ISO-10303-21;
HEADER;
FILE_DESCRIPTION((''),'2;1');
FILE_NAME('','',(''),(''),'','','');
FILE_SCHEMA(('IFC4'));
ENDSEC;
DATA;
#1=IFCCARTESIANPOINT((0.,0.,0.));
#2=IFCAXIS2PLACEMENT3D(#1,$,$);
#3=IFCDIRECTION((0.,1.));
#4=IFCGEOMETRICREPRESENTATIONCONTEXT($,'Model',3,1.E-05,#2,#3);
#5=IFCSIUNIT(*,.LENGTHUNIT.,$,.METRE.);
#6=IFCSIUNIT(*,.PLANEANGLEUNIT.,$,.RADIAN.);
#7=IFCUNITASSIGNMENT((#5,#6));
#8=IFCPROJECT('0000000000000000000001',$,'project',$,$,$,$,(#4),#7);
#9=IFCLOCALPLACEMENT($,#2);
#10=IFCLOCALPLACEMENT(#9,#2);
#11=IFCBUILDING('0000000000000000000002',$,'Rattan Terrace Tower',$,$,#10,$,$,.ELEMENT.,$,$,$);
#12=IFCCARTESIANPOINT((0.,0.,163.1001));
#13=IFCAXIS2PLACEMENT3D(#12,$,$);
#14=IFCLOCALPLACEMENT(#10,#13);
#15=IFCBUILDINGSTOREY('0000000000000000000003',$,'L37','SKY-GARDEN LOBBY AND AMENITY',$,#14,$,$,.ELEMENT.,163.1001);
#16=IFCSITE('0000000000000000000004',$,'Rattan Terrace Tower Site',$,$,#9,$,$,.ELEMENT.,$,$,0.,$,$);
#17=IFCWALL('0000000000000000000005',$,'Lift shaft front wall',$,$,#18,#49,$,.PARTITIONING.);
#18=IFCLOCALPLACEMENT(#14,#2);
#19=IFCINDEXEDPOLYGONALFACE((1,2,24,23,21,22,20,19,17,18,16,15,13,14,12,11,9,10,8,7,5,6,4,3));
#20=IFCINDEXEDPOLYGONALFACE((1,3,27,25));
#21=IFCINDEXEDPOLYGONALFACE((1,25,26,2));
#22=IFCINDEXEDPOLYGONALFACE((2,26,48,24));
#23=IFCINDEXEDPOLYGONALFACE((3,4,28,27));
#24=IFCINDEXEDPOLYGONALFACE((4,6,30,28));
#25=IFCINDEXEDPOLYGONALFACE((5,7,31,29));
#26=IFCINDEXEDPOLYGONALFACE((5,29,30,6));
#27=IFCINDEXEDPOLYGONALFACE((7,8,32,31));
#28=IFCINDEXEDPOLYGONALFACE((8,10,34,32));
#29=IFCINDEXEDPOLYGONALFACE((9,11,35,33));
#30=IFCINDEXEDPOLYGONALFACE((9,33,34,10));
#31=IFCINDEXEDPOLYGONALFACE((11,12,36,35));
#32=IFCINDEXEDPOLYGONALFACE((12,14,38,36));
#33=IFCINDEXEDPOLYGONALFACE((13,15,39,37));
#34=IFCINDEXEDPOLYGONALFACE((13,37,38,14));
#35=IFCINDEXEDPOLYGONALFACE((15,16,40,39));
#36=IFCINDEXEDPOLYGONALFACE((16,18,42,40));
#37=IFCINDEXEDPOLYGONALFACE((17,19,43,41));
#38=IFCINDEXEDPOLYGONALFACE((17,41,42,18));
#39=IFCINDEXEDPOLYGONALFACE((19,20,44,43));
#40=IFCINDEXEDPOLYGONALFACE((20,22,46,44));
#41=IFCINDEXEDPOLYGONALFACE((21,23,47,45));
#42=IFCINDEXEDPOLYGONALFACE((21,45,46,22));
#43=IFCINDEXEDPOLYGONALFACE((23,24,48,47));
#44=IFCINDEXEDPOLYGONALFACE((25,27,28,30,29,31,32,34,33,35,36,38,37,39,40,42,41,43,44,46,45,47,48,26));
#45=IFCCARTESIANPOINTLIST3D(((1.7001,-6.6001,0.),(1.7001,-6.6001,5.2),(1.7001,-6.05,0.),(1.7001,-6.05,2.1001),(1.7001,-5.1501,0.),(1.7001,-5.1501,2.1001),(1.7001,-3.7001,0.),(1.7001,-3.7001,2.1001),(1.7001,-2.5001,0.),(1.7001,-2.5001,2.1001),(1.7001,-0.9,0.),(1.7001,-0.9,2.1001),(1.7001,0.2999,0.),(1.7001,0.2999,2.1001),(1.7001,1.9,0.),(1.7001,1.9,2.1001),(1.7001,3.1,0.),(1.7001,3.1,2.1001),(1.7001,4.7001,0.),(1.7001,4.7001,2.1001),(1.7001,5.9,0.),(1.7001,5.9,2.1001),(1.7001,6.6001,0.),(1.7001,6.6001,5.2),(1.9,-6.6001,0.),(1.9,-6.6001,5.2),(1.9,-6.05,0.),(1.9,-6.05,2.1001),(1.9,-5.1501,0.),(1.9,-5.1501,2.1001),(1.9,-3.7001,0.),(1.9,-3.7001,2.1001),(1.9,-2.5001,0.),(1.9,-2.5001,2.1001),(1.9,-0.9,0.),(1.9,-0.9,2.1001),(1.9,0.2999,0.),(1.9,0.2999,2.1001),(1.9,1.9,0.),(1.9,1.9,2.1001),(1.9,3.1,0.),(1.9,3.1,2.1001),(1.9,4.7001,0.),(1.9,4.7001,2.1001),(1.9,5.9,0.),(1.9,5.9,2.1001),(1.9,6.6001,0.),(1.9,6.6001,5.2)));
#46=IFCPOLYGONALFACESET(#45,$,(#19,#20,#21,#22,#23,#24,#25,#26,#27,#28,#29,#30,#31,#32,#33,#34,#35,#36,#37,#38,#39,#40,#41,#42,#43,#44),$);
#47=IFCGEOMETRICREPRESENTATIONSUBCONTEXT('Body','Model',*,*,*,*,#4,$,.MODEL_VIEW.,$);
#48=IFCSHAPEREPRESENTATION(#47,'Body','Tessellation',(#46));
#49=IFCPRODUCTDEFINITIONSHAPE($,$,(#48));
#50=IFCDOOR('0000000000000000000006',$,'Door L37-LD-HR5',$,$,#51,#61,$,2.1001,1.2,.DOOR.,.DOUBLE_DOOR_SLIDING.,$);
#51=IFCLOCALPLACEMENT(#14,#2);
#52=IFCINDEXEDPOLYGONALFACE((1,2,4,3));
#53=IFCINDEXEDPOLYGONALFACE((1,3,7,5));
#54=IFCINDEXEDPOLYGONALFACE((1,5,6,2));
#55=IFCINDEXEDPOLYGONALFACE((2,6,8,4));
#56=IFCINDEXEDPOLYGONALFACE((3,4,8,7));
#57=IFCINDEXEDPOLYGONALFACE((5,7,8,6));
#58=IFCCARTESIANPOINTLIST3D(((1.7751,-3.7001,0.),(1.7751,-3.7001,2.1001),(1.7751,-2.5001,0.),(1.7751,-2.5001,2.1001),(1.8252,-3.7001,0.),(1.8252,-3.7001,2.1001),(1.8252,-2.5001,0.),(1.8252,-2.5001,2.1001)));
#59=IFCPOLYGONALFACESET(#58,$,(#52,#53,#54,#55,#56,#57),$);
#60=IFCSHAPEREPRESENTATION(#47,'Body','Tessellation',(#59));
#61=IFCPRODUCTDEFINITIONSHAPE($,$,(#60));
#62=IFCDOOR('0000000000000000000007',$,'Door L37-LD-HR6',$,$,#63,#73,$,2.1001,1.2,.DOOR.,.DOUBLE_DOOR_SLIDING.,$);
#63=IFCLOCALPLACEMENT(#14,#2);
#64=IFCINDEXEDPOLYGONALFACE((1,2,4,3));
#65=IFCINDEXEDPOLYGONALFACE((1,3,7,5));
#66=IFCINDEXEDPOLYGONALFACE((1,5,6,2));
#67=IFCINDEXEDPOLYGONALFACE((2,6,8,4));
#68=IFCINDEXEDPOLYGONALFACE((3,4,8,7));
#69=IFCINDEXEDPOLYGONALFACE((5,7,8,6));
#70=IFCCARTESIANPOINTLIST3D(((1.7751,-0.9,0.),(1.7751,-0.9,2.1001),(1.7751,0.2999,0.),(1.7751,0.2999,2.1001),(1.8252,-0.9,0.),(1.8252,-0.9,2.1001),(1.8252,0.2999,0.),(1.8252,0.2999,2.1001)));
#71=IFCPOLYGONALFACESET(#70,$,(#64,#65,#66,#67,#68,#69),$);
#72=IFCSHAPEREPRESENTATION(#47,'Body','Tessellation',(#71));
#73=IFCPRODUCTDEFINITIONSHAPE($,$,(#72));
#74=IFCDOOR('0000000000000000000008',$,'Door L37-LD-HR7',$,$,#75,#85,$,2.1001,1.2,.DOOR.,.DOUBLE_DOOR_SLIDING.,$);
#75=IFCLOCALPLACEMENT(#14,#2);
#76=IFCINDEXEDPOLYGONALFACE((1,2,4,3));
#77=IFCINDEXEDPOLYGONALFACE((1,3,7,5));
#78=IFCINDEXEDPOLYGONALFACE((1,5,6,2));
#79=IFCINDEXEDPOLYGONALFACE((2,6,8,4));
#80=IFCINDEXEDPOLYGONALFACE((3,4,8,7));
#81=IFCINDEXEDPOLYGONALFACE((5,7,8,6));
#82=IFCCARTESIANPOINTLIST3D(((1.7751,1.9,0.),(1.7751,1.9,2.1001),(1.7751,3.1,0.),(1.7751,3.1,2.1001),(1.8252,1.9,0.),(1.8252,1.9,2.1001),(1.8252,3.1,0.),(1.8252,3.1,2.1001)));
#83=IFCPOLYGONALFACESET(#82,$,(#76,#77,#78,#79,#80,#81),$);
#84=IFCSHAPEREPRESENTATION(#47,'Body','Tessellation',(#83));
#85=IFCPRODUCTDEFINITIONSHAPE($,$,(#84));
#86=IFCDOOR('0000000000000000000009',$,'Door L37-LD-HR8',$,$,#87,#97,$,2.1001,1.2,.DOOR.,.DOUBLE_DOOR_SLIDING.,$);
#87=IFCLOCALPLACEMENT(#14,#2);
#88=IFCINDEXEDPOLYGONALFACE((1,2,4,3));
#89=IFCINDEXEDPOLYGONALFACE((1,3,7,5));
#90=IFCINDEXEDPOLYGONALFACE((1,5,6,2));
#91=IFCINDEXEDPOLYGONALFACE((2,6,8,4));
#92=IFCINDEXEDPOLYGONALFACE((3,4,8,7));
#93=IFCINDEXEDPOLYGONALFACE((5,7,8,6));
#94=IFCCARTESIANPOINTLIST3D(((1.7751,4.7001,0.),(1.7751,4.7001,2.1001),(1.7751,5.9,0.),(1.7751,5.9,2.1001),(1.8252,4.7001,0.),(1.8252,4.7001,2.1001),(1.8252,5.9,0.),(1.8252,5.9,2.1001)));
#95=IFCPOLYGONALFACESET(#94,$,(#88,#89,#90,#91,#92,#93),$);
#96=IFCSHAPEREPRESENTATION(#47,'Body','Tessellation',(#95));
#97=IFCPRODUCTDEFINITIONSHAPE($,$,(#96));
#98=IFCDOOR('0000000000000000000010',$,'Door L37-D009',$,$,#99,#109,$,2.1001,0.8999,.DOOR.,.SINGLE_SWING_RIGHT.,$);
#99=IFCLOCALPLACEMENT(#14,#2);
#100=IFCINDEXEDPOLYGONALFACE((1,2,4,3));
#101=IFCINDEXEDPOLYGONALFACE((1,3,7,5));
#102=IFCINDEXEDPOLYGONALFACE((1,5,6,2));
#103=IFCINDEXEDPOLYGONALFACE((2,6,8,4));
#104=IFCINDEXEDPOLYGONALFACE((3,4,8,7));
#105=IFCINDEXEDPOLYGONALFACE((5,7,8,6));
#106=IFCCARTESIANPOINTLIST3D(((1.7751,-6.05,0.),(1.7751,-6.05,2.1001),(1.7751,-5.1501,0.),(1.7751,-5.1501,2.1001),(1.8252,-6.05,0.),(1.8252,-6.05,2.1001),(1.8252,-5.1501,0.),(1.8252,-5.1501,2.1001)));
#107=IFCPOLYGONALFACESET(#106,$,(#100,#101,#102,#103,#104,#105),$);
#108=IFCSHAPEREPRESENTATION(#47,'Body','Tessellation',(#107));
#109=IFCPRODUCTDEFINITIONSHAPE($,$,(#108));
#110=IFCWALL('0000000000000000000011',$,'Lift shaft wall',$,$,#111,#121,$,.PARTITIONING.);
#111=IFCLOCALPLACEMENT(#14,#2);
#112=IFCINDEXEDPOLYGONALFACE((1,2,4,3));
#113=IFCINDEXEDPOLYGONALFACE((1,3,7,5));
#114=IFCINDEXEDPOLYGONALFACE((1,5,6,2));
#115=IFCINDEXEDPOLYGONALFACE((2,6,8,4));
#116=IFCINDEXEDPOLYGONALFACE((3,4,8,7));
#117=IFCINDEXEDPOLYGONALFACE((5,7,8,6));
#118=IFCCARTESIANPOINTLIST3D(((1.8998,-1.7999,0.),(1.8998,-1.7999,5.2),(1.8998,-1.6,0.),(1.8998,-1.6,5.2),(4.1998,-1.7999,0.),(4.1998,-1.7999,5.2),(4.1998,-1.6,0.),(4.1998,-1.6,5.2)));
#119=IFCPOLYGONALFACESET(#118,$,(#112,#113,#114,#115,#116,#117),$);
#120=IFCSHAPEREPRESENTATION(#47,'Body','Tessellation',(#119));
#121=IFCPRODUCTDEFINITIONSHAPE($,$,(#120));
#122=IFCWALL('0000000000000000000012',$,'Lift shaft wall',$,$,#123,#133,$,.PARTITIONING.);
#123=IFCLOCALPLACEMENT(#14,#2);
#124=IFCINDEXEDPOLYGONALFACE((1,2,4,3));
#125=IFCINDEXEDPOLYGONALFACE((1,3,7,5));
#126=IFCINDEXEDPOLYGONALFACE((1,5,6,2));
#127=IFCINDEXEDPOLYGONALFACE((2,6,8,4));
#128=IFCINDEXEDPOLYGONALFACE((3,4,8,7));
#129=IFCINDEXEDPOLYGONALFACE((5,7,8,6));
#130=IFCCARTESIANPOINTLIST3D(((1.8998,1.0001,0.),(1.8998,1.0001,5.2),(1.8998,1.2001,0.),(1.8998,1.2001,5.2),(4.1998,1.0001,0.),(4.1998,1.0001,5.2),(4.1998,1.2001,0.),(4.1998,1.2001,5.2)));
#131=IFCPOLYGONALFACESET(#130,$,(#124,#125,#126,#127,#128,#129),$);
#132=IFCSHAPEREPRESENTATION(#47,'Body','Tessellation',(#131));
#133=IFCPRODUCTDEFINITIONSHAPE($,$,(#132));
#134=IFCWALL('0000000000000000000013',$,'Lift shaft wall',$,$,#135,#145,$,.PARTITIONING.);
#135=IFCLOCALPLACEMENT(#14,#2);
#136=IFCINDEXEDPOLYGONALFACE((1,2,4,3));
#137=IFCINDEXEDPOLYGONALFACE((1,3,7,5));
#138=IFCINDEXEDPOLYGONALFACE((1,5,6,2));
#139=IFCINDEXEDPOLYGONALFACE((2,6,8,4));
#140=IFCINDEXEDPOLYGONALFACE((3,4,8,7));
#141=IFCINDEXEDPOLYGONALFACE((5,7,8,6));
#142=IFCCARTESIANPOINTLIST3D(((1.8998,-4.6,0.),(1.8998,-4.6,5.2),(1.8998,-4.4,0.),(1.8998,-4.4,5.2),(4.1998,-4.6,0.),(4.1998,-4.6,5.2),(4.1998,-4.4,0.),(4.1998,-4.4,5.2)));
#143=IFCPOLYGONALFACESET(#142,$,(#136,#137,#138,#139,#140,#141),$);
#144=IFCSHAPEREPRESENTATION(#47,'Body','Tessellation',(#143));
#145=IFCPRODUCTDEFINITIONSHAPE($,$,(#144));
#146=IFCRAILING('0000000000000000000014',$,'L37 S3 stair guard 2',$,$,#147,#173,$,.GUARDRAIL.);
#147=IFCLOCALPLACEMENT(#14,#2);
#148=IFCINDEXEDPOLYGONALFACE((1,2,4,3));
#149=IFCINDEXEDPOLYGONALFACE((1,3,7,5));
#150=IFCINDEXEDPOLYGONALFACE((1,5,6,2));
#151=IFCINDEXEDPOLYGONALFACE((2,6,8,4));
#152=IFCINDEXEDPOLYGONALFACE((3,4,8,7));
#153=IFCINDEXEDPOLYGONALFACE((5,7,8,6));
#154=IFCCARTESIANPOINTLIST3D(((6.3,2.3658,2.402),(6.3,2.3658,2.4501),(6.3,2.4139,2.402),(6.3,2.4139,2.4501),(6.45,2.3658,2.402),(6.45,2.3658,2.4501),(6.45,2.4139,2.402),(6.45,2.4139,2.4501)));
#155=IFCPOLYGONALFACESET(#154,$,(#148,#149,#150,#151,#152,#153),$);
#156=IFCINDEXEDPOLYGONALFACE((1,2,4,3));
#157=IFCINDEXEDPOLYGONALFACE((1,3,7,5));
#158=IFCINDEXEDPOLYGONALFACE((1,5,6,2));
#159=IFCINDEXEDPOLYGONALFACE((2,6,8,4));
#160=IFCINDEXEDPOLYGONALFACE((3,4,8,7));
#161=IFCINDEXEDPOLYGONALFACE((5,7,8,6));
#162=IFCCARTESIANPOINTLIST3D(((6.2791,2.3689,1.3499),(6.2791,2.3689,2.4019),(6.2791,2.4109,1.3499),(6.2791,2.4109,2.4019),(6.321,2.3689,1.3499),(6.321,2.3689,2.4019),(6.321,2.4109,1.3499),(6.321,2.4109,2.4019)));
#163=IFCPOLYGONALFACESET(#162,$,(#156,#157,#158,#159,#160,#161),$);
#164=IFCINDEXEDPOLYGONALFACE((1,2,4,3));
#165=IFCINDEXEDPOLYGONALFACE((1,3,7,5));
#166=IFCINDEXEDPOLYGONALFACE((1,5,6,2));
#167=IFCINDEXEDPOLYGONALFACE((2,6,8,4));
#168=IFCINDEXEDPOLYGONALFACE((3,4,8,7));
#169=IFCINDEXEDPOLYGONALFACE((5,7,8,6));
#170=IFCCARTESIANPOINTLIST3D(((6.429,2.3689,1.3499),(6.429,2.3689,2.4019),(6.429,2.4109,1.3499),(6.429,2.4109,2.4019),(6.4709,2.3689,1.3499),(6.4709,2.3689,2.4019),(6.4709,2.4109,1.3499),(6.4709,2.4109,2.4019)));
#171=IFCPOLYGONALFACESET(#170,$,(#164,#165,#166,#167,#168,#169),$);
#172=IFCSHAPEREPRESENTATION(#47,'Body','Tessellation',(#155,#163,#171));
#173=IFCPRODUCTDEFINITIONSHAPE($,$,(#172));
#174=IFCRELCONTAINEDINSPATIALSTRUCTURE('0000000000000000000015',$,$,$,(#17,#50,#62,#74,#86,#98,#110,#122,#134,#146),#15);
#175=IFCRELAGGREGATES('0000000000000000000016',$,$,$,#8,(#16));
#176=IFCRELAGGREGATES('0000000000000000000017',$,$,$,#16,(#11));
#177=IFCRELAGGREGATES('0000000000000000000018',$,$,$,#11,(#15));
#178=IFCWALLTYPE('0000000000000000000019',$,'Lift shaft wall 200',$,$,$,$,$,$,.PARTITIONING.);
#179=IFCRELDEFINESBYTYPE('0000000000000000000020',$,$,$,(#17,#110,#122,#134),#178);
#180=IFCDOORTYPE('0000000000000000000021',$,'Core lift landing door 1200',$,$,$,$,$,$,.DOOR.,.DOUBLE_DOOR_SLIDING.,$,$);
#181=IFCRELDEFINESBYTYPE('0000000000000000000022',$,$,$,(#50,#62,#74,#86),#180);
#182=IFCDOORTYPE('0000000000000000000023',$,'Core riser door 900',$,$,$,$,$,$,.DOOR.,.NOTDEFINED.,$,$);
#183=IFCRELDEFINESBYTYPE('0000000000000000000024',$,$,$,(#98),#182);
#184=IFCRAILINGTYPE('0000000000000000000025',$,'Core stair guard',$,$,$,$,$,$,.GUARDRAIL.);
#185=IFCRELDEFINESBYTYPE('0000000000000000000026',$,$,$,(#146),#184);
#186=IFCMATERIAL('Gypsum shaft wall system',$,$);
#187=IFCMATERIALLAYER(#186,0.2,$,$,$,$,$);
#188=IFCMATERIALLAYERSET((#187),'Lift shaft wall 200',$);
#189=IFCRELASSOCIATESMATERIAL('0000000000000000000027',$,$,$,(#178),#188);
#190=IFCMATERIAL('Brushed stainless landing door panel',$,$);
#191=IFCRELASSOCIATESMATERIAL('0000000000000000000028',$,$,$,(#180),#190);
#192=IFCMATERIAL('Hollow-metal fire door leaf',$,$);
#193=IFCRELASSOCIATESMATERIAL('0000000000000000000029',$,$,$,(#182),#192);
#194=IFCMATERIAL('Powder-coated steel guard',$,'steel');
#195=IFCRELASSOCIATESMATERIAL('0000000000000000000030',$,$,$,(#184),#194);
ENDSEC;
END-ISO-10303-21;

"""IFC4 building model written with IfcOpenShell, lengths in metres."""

from ifc_helpers import new_model, si_unit, direction, frame, frame_2d, origin, origin_2d, place, context, subcontext, project, spatial, rectangle, extrude, material, layer, layer_set, type_object, element, fill, save


model = new_model("IFC4")

# Units and contexts
model_context = context("Model", 3, precision=1e-05, world=origin(), true_north=direction((0.0, 1.0)))
body_context = subcontext(model_context, "Body", "Model", "MODEL_VIEW")
ifc_project = project(units=[si_unit("LENGTHUNIT", "METRE"), si_unit("PLANEANGLEUNIT", "RADIAN")], contexts=[model_context])

# Site, building, storey
site_placement = place(None, origin())
site = spatial("IfcSite", under=ifc_project, at=site_placement, Name="Rattan Terrace Tower Site", CompositionType="ELEMENT", RefElevation=0.0)
building_placement = place(site_placement, origin())
building = spatial("IfcBuilding", under=site, at=building_placement, Name="Rattan Terrace Tower", CompositionType="ELEMENT")
storey_placement = place(building_placement, frame((0.0, 0.0, 163.1001)))
storey = spatial("IfcBuildingStorey", under=building, at=storey_placement, Name="L37", Description="SKY-GARDEN LOBBY AND AMENITY", CompositionType="ELEMENT", Elevation=163.1001)

# Wall, openings, doors
ifc_material_1 = material(Name="Gypsum shaft wall system")
ifc_layer_1 = layer(ifc_material_1, 0.2)
ifc_layer_set_1 = layer_set([ifc_layer_1], Name="Lift shaft wall 200")
wall_type_1 = type_object("IfcWallType", Name="Lift shaft wall 200", PredefinedType="PARTITIONING", material=ifc_layer_set_1)
wall_1_placement = place(storey_placement, frame((1.8, -6.6001, 0.0), z_axis=(0.0, 0.0, 1.0), x_axis=(0.0, 1.0, 0.0)))
wall_1 = element("IfcWall", 1, at=wall_1_placement, inside=storey, type_object=wall_type_1, Name="Lift shaft front wall", PredefinedType="PARTITIONING", context=body_context, shape_type="SweptSolid", body=[
    extrude(rectangle(XDim=13.2002, YDim=0.2, at=frame_2d((6.6001, 0.0))), origin(), (0.0, 0.0, 1.0), 5.2),
])
opening_1_placement = place(wall_1_placement, frame((0.55, 0.0, 0.0)))
opening_1 = element("IfcOpeningElement", 2, at=opening_1_placement, cuts=wall_1, PredefinedType="OPENING", context=body_context, shape_type="SweptSolid", body=[
    extrude(rectangle(XDim=0.8999, YDim=2.1001, at=frame_2d((0.45, 1.05))), frame((0.0, 0.1106, 0.0), z_axis=(0.0, -1.0, 0.0), x_axis=(1.0, 0.0, 0.0)), (0.0, 0.0, 1.0), 0.2209),
])
opening_2_placement = place(wall_1_placement, frame((2.8999, 0.0, 0.0)))
opening_2 = element("IfcOpeningElement", 3, at=opening_2_placement, cuts=wall_1, PredefinedType="OPENING", context=body_context, shape_type="SweptSolid", body=[
    extrude(rectangle(XDim=1.2, YDim=2.1001, at=frame_2d((0.6001, 1.05))), frame((0.0, 0.1106, 0.0), z_axis=(0.0, -1.0, 0.0), x_axis=(1.0, 0.0, 0.0)), (0.0, 0.0, 1.0), 0.2209),
])
opening_3_placement = place(wall_1_placement, frame((5.7, 0.0, 0.0)))
opening_3 = element("IfcOpeningElement", 4, at=opening_3_placement, cuts=wall_1, PredefinedType="OPENING", context=body_context, shape_type="SweptSolid", body=[
    extrude(rectangle(XDim=1.2, YDim=2.1001, at=frame_2d((0.6001, 1.05))), frame((0.0, 0.1106, 0.0), z_axis=(0.0, -1.0, 0.0), x_axis=(1.0, 0.0, 0.0)), (0.0, 0.0, 1.0), 0.2209),
])
opening_4_placement = place(wall_1_placement, frame((8.5, 0.0, 0.0)))
opening_4 = element("IfcOpeningElement", 5, at=opening_4_placement, cuts=wall_1, PredefinedType="OPENING", context=body_context, shape_type="SweptSolid", body=[
    extrude(rectangle(XDim=1.2, YDim=2.1001, at=frame_2d((0.6001, 1.05))), frame((0.0, 0.1106, 0.0), z_axis=(0.0, -1.0, 0.0), x_axis=(1.0, 0.0, 0.0)), (0.0, 0.0, 1.0), 0.2209),
])
opening_5_placement = place(wall_1_placement, frame((11.3, 0.0, 0.0)))
opening_5 = element("IfcOpeningElement", 6, at=opening_5_placement, cuts=wall_1, PredefinedType="OPENING", context=body_context, shape_type="SweptSolid", body=[
    extrude(rectangle(XDim=1.2, YDim=2.1001, at=frame_2d((0.6001, 1.05))), frame((0.0, 0.1106, 0.0), z_axis=(0.0, -1.0, 0.0), x_axis=(1.0, 0.0, 0.0)), (0.0, 0.0, 1.0), 0.2209),
])
ifc_material_2 = material(Name="Brushed stainless landing door panel")
door_type_1 = type_object("IfcDoorType", Name="Core lift landing door 1200", OperationType="DOUBLE_DOOR_SLIDING", PredefinedType="DOOR", material=ifc_material_2)
door_1_placement = place(opening_2_placement, origin())
door_1 = element("IfcDoor", 7, at=door_1_placement, inside=storey, type_object=door_type_1, Name="Door L37-LD-HR5", OperationType="DOUBLE_DOOR_SLIDING", OverallHeight=2.1001, OverallWidth=1.2, PredefinedType="DOOR", context=body_context, shape_type="SweptSolid", body=[
    extrude(rectangle(XDim=1.2, YDim=2.1001, at=frame_2d((0.6001, 1.05))), frame((0.0, 0.0249, 0.0), z_axis=(0.0, -1.0, 0.0), x_axis=(1.0, 0.0, 0.0)), (0.0, 0.0, 1.0), 0.05),
])
fill(opening_2, door_1)
door_2_placement = place(opening_3_placement, origin())
door_2 = element("IfcDoor", 8, at=door_2_placement, inside=storey, type_object=door_type_1, Name="Door L37-LD-HR6", OperationType="DOUBLE_DOOR_SLIDING", OverallHeight=2.1001, OverallWidth=1.2, PredefinedType="DOOR", context=body_context, shape_type="SweptSolid", body=[
    extrude(rectangle(XDim=1.2, YDim=2.1001, at=frame_2d((0.6001, 1.05))), frame((0.0, 0.0249, 0.0), z_axis=(0.0, -1.0, 0.0), x_axis=(1.0, 0.0, 0.0)), (0.0, 0.0, 1.0), 0.05),
])
fill(opening_3, door_2)
door_3_placement = place(opening_4_placement, origin())
door_3 = element("IfcDoor", 9, at=door_3_placement, inside=storey, type_object=door_type_1, Name="Door L37-LD-HR7", OperationType="DOUBLE_DOOR_SLIDING", OverallHeight=2.1001, OverallWidth=1.2, PredefinedType="DOOR", context=body_context, shape_type="SweptSolid", body=[
    extrude(rectangle(XDim=1.2, YDim=2.1001, at=frame_2d((0.6001, 1.05))), frame((0.0, 0.0249, 0.0), z_axis=(0.0, -1.0, 0.0), x_axis=(1.0, 0.0, 0.0)), (0.0, 0.0, 1.0), 0.05),
])
fill(opening_4, door_3)
door_4_placement = place(opening_5_placement, origin())
door_4 = element("IfcDoor", 10, at=door_4_placement, inside=storey, type_object=door_type_1, Name="Door L37-LD-HR8", OperationType="DOUBLE_DOOR_SLIDING", OverallHeight=2.1001, OverallWidth=1.2, PredefinedType="DOOR", context=body_context, shape_type="SweptSolid", body=[
    extrude(rectangle(XDim=1.2, YDim=2.1001, at=frame_2d((0.6001, 1.05))), frame((0.0, 0.0249, 0.0), z_axis=(0.0, -1.0, 0.0), x_axis=(1.0, 0.0, 0.0)), (0.0, 0.0, 1.0), 0.05),
])
fill(opening_5, door_4)
ifc_material_3 = material(Name="Hollow-metal fire door leaf")
door_type_2 = type_object("IfcDoorType", Name="Core riser door 900", OperationType="NOTDEFINED", PredefinedType="DOOR", material=ifc_material_3)
door_5_placement = place(opening_1_placement, origin())
door_5 = element("IfcDoor", 11, at=door_5_placement, inside=storey, type_object=door_type_2, Name="Door L37-D009", OperationType="SINGLE_SWING_RIGHT", OverallHeight=2.1001, OverallWidth=0.8999, PredefinedType="DOOR", context=body_context, shape_type="SweptSolid", body=[
    extrude(rectangle(XDim=0.8999, YDim=2.1001, at=frame_2d((0.45, 1.05))), frame((0.0, 0.0249, 0.0), z_axis=(0.0, -1.0, 0.0), x_axis=(1.0, 0.0, 0.0)), (0.0, 0.0, 1.0), 0.05),
])
fill(opening_1, door_5)

# Walls
for number, where, z_axis, x_axis, name in (
    (12, (1.8999, -1.7, 0.0), (0.0, 0.0, 1.0), (1.0, 0.0, 0.0), "Lift shaft wall"),
    (13, (1.8999, 1.1001, 0.0), (0.0, 0.0, 1.0), (1.0, 0.0, 0.0), "Lift shaft wall"),
    (14, (1.8999, -4.5, 0.0), (0.0, 0.0, 1.0), (1.0, 0.0, 0.0), "Lift shaft wall"),
):
    element("IfcWall", number, at=place(storey_placement, frame(where, z_axis=z_axis, x_axis=x_axis)), inside=storey, type_object=wall_type_1, Name=name, PredefinedType="PARTITIONING", context=body_context, shape_type="SweptSolid", body=[
        extrude(rectangle(XDim=2.3, YDim=0.2, at=frame_2d((1.1499, 0.0))), origin(), (0.0, 0.0, 1.0), 5.2),
    ])

# Railing
ifc_material_4 = material(Name="Powder-coated steel guard", Category="steel")
railing_type = type_object("IfcRailingType", Name="Core stair guard", PredefinedType="GUARDRAIL", material=ifc_material_4)
for number, where, name in (
    (15, (6.3, 2.3899, 1.3499), "L37 S3 stair guard 2"),
):
    element("IfcRailing", number, at=place(storey_placement, frame(where)), inside=storey, type_object=railing_type, Name=name, PredefinedType="GUARDRAIL", context=body_context, shape_type="SweptSolid", body=[
        extrude(rectangle(XDim=0.0481, YDim=0.0481, at=origin_2d()), frame((0.0, 0.0, 1.0762), z_axis=(1.0, 0.0, 0.0), x_axis=(0.0, 1.0, 0.0)), (0.0, 0.0, 1.0), 0.1499),
        extrude(rectangle(XDim=0.042, YDim=0.042, at=origin_2d()), origin(), (0.0, 0.0, 1.0), 1.052),
        extrude(rectangle(XDim=0.042, YDim=0.042, at=origin_2d()), frame((0.1499, 0.0, 0.0)), (0.0, 0.0, 1.0), 1.052),
    ])

save(model, "model.ifc")
